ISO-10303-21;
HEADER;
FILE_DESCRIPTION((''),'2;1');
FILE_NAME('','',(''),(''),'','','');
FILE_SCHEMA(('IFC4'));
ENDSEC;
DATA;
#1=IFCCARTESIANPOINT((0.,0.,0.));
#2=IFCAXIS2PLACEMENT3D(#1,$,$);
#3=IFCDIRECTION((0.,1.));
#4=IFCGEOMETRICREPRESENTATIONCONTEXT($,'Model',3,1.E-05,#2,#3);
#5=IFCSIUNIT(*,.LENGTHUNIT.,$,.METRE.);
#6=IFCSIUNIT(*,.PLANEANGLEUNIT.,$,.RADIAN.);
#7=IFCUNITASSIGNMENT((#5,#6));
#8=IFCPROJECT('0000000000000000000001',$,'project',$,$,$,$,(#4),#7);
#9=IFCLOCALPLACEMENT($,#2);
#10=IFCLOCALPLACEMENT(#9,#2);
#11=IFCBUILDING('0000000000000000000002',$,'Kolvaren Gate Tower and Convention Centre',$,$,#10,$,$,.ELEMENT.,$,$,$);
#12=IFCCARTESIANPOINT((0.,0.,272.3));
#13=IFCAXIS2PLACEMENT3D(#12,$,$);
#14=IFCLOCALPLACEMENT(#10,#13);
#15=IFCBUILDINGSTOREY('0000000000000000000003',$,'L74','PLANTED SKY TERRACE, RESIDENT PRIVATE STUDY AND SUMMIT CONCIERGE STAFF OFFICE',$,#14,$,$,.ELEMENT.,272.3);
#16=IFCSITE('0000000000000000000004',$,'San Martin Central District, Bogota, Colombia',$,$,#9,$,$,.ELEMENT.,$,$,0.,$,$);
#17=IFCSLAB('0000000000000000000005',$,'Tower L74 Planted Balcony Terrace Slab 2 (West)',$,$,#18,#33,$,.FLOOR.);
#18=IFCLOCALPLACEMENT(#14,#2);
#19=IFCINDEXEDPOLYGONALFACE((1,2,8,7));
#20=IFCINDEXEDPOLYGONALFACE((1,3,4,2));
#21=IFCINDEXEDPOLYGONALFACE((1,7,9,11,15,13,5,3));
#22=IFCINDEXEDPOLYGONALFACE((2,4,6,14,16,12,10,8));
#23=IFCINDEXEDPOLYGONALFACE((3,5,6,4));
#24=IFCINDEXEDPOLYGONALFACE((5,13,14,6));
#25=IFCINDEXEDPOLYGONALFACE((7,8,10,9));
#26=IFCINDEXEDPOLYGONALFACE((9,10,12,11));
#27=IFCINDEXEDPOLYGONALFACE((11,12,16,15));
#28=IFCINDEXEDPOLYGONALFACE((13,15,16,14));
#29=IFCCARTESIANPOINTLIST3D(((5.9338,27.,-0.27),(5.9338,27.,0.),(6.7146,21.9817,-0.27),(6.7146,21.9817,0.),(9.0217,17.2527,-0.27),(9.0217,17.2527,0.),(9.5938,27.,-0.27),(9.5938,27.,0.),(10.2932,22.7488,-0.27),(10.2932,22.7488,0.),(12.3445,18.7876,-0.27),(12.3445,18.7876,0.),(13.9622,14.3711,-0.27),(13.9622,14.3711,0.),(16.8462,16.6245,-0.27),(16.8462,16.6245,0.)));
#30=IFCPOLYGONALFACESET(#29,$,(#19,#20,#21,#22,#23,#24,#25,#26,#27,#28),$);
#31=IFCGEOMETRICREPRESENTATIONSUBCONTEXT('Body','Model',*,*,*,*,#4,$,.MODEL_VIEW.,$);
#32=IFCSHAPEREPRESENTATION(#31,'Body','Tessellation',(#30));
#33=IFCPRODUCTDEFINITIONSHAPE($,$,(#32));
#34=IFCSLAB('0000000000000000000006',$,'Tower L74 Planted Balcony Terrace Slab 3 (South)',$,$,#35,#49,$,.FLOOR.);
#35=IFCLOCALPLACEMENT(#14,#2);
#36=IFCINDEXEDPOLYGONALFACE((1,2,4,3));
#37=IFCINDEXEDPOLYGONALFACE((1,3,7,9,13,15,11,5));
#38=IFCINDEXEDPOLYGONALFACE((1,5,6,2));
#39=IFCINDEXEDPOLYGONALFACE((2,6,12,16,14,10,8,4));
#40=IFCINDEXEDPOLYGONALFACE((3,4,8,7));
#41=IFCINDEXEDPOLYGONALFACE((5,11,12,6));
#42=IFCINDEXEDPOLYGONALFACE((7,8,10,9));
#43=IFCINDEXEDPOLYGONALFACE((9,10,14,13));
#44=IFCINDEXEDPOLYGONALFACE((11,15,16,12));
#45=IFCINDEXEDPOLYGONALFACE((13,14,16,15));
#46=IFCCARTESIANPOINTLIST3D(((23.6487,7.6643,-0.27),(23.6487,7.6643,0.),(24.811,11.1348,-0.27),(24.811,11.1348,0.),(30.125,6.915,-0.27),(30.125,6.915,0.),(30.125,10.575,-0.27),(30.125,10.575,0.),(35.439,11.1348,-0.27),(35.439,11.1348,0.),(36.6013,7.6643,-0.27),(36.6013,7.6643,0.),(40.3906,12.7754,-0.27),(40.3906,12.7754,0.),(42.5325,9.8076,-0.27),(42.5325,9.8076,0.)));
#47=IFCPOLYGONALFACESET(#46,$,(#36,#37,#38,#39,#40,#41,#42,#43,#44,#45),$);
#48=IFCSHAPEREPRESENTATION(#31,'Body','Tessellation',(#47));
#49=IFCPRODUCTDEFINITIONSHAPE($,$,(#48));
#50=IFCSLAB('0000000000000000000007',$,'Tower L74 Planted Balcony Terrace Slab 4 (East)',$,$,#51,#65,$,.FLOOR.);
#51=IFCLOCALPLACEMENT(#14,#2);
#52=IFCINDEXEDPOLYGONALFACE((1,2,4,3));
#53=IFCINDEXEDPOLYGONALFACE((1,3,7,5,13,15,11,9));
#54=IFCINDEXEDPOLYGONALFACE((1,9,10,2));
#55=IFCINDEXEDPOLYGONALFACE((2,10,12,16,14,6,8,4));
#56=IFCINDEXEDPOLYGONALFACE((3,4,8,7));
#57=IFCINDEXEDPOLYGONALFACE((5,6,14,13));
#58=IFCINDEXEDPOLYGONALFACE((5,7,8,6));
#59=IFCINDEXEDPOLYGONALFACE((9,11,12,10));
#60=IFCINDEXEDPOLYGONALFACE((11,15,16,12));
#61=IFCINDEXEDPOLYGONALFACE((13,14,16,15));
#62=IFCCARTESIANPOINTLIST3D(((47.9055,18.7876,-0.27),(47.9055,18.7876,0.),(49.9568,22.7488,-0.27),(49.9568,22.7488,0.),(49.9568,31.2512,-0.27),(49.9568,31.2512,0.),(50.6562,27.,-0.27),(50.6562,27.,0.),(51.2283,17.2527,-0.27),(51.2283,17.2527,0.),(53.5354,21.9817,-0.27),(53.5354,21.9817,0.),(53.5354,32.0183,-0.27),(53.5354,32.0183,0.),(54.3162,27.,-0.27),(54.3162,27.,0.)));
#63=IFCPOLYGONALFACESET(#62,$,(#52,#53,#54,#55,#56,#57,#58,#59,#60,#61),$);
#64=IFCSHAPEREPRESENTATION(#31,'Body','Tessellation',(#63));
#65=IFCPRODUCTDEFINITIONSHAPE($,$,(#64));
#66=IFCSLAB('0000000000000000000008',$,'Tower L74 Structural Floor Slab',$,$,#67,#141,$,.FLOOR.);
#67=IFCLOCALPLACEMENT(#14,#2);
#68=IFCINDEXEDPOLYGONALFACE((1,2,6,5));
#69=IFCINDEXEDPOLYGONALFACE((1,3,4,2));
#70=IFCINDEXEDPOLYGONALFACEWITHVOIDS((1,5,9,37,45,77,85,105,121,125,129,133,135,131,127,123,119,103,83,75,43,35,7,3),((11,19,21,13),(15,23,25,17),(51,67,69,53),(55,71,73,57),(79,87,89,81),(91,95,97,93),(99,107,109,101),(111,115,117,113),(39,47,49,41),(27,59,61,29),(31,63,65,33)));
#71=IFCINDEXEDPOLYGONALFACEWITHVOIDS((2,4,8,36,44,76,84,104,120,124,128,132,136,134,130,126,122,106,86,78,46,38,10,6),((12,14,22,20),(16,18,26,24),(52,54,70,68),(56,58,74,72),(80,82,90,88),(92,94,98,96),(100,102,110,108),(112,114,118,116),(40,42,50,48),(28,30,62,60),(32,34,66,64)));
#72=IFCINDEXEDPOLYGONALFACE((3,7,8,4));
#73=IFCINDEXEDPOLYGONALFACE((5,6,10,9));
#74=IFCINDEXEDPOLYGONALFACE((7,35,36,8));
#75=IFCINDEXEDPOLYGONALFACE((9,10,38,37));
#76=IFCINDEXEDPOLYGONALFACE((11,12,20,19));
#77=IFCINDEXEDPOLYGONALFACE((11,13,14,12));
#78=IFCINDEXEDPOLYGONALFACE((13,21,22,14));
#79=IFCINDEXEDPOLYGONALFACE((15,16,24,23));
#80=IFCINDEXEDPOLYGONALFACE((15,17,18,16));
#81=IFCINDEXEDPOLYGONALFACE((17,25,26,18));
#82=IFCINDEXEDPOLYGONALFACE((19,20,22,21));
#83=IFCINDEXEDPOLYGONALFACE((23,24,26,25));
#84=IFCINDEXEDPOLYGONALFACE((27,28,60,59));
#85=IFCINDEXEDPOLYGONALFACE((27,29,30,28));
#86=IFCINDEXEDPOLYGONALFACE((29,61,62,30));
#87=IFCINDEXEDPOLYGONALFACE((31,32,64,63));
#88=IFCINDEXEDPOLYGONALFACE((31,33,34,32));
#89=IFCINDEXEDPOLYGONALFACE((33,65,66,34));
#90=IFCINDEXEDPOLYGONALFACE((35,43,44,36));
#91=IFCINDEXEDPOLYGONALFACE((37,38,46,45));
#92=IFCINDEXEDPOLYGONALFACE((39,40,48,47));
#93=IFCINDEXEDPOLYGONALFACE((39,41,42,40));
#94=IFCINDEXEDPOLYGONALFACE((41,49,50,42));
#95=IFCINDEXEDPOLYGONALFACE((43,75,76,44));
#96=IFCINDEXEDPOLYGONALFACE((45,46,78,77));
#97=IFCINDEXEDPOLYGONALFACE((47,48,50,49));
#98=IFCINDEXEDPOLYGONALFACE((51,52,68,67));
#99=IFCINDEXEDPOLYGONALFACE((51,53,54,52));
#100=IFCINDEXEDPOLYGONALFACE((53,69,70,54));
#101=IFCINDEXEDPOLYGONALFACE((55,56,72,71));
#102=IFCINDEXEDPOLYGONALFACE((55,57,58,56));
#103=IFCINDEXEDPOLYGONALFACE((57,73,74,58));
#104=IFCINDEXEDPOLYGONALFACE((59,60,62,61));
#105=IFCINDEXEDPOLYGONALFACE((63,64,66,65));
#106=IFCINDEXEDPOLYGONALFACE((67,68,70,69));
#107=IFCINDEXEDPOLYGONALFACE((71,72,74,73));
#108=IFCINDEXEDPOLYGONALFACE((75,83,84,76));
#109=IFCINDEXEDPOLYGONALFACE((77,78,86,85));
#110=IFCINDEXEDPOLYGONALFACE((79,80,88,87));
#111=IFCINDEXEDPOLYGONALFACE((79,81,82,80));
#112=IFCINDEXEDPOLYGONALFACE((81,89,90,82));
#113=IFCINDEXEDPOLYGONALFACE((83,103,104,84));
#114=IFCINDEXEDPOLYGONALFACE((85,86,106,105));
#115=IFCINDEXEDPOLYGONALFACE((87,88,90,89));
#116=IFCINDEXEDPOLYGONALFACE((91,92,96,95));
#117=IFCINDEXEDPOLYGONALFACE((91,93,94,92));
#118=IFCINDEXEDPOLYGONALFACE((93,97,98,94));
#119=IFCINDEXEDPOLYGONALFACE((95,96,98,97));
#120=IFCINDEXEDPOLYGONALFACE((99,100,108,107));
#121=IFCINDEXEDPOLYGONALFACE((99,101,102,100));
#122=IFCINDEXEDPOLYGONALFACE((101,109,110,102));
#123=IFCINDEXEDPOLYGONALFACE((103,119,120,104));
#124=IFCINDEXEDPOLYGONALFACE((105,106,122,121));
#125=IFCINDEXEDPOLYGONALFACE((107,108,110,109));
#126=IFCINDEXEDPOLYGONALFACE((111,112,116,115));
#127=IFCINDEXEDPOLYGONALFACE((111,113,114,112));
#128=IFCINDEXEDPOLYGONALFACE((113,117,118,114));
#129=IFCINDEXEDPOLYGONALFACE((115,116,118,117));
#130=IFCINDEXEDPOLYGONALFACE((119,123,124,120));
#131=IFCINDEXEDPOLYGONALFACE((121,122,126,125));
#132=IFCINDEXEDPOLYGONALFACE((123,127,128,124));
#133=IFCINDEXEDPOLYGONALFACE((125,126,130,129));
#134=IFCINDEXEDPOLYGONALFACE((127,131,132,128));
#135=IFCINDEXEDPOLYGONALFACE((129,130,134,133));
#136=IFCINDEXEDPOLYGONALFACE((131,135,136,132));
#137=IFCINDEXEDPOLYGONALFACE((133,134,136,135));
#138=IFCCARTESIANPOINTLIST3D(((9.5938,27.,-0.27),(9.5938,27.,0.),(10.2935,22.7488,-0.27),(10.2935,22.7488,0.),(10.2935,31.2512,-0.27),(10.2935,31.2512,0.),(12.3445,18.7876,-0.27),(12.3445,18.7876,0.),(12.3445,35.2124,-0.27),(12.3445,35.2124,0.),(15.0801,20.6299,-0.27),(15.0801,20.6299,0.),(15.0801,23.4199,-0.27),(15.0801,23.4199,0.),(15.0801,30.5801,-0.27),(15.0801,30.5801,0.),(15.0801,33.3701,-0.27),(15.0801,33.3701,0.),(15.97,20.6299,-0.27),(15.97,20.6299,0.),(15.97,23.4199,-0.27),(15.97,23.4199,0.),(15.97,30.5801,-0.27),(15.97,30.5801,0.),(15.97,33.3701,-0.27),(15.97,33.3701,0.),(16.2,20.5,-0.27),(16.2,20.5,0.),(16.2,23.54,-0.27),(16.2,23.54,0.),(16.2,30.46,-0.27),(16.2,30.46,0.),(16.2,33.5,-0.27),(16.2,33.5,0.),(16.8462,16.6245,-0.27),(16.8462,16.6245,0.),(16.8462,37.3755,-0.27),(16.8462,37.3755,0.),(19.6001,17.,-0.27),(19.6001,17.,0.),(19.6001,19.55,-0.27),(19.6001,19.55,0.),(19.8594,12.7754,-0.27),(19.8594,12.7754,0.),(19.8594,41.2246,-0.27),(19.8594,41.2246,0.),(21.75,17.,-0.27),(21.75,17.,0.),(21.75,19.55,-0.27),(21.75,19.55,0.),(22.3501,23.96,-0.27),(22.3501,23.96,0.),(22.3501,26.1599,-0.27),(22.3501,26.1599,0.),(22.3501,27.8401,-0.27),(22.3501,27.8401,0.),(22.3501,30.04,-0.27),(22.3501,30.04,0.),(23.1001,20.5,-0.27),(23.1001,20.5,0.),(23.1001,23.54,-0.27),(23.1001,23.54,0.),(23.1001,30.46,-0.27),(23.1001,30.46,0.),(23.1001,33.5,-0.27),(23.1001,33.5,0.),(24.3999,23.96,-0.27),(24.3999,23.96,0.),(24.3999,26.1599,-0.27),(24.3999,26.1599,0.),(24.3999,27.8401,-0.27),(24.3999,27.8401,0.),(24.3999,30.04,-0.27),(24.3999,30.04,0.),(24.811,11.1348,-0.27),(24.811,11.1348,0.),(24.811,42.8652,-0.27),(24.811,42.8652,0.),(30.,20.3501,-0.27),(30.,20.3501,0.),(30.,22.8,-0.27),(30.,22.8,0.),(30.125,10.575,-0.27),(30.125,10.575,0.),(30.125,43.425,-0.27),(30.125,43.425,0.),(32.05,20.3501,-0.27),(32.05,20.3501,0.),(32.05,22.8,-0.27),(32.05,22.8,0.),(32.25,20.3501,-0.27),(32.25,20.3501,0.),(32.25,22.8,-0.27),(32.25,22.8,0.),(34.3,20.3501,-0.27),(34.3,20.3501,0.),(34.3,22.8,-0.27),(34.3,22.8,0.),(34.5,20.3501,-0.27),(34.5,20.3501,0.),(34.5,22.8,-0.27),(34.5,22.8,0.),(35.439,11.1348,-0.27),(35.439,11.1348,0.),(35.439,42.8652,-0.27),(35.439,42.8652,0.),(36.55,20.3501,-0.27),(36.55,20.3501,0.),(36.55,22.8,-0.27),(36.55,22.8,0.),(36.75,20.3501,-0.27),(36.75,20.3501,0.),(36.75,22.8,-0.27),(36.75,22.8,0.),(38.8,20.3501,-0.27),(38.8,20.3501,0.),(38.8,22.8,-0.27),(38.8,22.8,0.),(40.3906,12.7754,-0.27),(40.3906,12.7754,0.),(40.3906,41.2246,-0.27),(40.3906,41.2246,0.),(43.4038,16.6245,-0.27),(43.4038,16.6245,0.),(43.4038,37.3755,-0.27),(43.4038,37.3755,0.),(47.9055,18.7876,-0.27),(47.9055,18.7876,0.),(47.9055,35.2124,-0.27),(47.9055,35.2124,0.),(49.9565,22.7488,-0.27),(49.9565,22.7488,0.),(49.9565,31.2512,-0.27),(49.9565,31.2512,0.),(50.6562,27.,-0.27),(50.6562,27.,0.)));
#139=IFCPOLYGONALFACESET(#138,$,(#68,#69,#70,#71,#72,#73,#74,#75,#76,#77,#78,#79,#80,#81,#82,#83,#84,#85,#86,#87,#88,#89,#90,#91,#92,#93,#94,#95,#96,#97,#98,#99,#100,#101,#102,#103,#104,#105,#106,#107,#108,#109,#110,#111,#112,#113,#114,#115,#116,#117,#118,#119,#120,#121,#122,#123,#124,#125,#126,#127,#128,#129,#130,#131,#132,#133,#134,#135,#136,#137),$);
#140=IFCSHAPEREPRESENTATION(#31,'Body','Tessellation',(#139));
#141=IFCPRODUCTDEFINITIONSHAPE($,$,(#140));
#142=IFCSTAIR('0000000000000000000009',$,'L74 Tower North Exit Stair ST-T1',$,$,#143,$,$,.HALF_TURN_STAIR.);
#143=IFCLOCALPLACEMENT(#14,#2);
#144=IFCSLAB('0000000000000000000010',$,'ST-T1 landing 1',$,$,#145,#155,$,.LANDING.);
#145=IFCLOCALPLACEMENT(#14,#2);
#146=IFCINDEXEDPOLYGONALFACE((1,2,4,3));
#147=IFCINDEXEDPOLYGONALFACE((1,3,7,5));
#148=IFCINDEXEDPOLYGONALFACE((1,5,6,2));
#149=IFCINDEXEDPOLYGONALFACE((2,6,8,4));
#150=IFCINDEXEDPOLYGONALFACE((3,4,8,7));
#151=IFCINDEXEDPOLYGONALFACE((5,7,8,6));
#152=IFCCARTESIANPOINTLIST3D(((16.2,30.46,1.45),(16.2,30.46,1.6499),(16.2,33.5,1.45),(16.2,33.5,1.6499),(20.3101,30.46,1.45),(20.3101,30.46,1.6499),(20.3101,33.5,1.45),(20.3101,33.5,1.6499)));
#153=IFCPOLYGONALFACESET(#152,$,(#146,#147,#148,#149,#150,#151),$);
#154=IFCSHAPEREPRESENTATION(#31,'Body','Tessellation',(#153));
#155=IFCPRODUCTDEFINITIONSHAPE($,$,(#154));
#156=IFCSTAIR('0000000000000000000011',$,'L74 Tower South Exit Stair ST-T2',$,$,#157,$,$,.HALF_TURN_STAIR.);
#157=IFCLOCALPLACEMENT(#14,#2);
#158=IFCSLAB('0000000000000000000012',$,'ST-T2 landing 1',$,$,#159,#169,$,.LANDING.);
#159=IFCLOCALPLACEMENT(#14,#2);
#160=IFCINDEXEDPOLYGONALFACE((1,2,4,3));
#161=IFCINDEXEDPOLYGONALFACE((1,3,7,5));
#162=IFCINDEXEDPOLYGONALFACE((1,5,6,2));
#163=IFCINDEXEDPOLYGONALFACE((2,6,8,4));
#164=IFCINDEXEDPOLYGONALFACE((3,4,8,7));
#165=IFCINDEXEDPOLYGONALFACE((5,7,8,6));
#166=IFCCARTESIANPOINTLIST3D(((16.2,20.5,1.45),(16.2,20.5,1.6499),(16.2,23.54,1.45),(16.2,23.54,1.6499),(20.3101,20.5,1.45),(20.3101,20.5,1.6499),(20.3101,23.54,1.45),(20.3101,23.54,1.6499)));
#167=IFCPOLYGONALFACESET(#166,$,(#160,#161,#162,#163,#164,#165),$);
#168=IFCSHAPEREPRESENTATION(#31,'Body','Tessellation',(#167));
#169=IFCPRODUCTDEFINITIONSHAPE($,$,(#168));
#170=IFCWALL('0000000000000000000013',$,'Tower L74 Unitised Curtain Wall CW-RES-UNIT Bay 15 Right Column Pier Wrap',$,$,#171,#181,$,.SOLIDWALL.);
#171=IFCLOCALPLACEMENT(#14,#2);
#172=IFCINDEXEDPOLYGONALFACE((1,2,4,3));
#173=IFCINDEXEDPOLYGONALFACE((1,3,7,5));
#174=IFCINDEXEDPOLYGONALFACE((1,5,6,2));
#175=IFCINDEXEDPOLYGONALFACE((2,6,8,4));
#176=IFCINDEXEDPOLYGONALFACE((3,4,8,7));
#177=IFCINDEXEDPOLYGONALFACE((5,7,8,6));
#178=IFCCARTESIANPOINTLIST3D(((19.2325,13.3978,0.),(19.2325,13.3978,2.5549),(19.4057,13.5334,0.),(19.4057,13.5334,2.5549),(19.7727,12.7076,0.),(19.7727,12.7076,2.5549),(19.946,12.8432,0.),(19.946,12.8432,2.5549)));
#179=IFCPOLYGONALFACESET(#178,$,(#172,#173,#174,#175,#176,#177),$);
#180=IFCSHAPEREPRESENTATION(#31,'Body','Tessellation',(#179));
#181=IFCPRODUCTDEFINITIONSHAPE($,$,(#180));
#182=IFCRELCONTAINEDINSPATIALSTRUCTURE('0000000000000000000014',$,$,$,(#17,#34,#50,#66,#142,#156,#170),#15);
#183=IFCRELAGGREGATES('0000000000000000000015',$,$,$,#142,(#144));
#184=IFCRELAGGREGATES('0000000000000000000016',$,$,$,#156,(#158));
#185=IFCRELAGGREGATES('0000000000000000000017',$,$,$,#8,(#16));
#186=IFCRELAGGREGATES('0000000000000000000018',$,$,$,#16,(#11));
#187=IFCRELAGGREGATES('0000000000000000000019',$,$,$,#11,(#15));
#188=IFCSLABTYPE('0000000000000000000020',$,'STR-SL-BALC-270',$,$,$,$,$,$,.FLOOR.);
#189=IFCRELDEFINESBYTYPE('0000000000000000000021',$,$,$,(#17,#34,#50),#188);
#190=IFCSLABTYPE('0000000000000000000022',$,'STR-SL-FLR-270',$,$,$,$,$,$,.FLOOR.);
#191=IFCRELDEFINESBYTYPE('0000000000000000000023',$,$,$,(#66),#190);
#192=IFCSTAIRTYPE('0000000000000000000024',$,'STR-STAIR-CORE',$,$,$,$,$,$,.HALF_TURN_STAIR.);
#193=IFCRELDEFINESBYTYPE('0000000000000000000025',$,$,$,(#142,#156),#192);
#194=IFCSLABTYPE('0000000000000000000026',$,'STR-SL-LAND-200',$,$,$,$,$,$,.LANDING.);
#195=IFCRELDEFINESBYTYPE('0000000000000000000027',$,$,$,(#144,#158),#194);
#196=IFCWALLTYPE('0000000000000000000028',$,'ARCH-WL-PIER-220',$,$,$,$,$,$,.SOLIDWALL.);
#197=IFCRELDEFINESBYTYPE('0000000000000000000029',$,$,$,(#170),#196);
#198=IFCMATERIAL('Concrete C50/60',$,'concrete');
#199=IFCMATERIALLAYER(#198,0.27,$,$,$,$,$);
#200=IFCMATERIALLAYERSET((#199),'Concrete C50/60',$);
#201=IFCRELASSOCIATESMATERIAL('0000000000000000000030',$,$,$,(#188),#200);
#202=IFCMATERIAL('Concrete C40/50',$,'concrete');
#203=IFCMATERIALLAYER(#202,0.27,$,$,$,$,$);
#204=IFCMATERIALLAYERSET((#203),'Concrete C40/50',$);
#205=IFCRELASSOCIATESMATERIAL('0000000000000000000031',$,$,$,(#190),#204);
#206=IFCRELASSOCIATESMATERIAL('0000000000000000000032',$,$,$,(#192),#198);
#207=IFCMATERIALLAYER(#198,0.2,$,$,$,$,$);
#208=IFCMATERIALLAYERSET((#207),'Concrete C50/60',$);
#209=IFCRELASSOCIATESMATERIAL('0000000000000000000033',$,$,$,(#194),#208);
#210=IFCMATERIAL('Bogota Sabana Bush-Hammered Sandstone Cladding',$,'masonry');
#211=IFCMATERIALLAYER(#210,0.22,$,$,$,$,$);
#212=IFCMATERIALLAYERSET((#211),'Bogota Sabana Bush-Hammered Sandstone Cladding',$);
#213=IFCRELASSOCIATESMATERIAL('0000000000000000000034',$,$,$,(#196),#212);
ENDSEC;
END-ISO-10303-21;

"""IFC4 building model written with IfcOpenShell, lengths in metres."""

from ifc_helpers import new_model, si_unit, direction, frame, frame_2d, origin, place, context, subcontext, project, spatial, polyline, rectangle, outline, extrude, material, layer, layer_set, type_object, element, aggregate, save


model = new_model("IFC4")

# Units and contexts
model_context = context("Model", 3, precision=1e-05, world=origin(), true_north=direction((0.0, 1.0)))
body_context = subcontext(model_context, "Body", "Model", "MODEL_VIEW")
ifc_project = project(units=[si_unit("LENGTHUNIT", "METRE"), si_unit("PLANEANGLEUNIT", "RADIAN")], contexts=[model_context])

# Site, building, storey
site_placement = place(None, origin())
site = spatial("IfcSite", under=ifc_project, at=site_placement, Name="San Martin Central District, Bogota, Colombia", CompositionType="ELEMENT", RefElevation=0.0)
building_placement = place(site_placement, origin())
building = spatial("IfcBuilding", under=site, at=building_placement, Name="Kolvaren Gate Tower and Convention Centre", CompositionType="ELEMENT")
storey_placement = place(building_placement, frame((0.0, 0.0, 272.3)))
storey = spatial("IfcBuildingStorey", under=building, at=storey_placement, Name="L74", Description="PLANTED SKY TERRACE, RESIDENT PRIVATE STUDY AND SUMMIT CONCIERGE STAFF OFFICE", CompositionType="ELEMENT", Elevation=272.3)

# Slabs
ifc_material_1 = material(Name="Concrete C50/60", Category="concrete")
ifc_layer_1 = layer(ifc_material_1, 0.27)
ifc_layer_set_1 = layer_set([ifc_layer_1], Name="Concrete C50/60")
slab_type_1 = type_object("IfcSlabType", Name="STR-SL-BALC-270", PredefinedType="FLOOR", material=ifc_layer_set_1)
slab_1_placement = place(storey_placement, frame((0.0, 0.0, -0.27)))
element("IfcSlab", 1, at=slab_1_placement, inside=storey, type_object=slab_type_1, Name="Tower L74 Planted Balcony Terrace Slab 2 (West)", PredefinedType="FLOOR", context=body_context, shape_type="SweptSolid", body=[
    extrude(outline(polyline([(9.5938, 27.0), (10.2932, 22.7488), (12.3445, 18.7876), (16.8462, 16.6245), (13.9622, 14.3711), (9.0217, 17.2527), (6.7146, 21.9817), (5.9338, 27.0), (9.5938, 27.0)])), origin(), (0.0, 0.0, 1.0), 0.27),
])
slab_2_placement = place(storey_placement, frame((0.0, 0.0, -0.27)))
element("IfcSlab", 2, at=slab_2_placement, inside=storey, type_object=slab_type_1, Name="Tower L74 Planted Balcony Terrace Slab 3 (South)", PredefinedType="FLOOR", context=body_context, shape_type="SweptSolid", body=[
    extrude(outline(polyline([(24.811, 11.1348), (30.125, 10.575), (35.439, 11.1348), (40.3906, 12.7754), (42.5325, 9.8076), (36.6013, 7.6643), (30.125, 6.915), (23.6487, 7.6643), (24.811, 11.1348)])), origin(), (0.0, 0.0, 1.0), 0.27),
])
slab_3_placement = place(storey_placement, frame((0.0, 0.0, -0.27)))
element("IfcSlab", 3, at=slab_3_placement, inside=storey, type_object=slab_type_1, Name="Tower L74 Planted Balcony Terrace Slab 4 (East)", PredefinedType="FLOOR", context=body_context, shape_type="SweptSolid", body=[
    extrude(outline(polyline([(47.9055, 18.7876), (49.9568, 22.7488), (50.6562, 27.0), (49.9568, 31.2512), (53.5354, 32.0183), (54.3162, 27.0), (53.5354, 21.9817), (51.2283, 17.2527), (47.9055, 18.7876)])), origin(), (0.0, 0.0, 1.0), 0.27),
])
ifc_material_2 = material(Name="Concrete C40/50", Category="concrete")
ifc_layer_2 = layer(ifc_material_2, 0.27)
ifc_layer_set_2 = layer_set([ifc_layer_2], Name="Concrete C40/50")
slab_type_2 = type_object("IfcSlabType", Name="STR-SL-FLR-270", PredefinedType="FLOOR", material=ifc_layer_set_2)
slab_4_placement = place(storey_placement, frame((0.0, 0.0, -0.27)))
element("IfcSlab", 4, at=slab_4_placement, inside=storey, type_object=slab_type_2, Name="Tower L74 Structural Floor Slab", PredefinedType="FLOOR", context=body_context, shape_type="SweptSolid", body=[
    extrude(outline(polyline([(50.6562, 27.0), (49.9565, 31.2512), (47.9055, 35.2124), (43.4038, 37.3755), (40.3906, 41.2246), (35.439, 42.8652), (30.125, 43.425), (24.811, 42.8652), (19.8594, 41.2246), (16.8462, 37.3755), (12.3445, 35.2124), (10.2935, 31.2512), (9.5938, 27.0), (10.2935, 22.7488), (12.3445, 18.7876), (16.8462, 16.6245), (19.8594, 12.7754), (24.811, 11.1348), (30.125, 10.575), (35.439, 11.1348), (40.3906, 12.7754), (43.4038, 16.6245), (47.9055, 18.7876), (49.9565, 22.7488), (50.6562, 27.0)]), holes=[polyline([(36.75, 20.3501), (36.75, 22.8), (38.8, 22.8), (38.8, 20.3501), (36.75, 20.3501)]), polyline([(36.55, 20.3501), (34.5, 20.3501), (34.5, 22.8), (36.55, 22.8), (36.55, 20.3501)]), polyline([(32.25, 20.3501), (32.25, 22.8), (34.3, 22.8), (34.3, 20.3501), (32.25, 20.3501)]), polyline([(30.0, 20.3501), (30.0, 22.8), (32.05, 22.8), (32.05, 20.3501), (30.0, 20.3501)]), polyline([(22.3501, 23.96), (22.3501, 26.1599), (24.3999, 26.1599), (24.3999, 23.96), (22.3501, 23.96)]), polyline([(22.3501, 27.8401), (22.3501, 30.04), (24.3999, 30.04), (24.3999, 27.8401), (22.3501, 27.8401)]), polyline([(16.2, 23.54), (23.1001, 23.54), (23.1001, 20.5), (16.2, 20.5), (16.2, 23.54)]), polyline([(16.2, 33.5), (23.1001, 33.5), (23.1001, 30.46), (16.2, 30.46), (16.2, 33.5)]), polyline([(21.75, 17.0), (19.6001, 17.0), (19.6001, 19.55), (21.75, 19.55), (21.75, 17.0)]), polyline([(15.0801, 30.5801), (15.0801, 33.3701), (15.97, 33.3701), (15.97, 30.5801), (15.0801, 30.5801)]), polyline([(15.97, 20.6299), (15.0801, 20.6299), (15.0801, 23.4199), (15.97, 23.4199), (15.97, 20.6299)])]), origin(), (0.0, 0.0, 1.0), 0.27),
])

# Stairs, slabs
stair_type = type_object("IfcStairType", Name="STR-STAIR-CORE", PredefinedType="HALF_TURN_STAIR", material=ifc_material_1)
stair_1_placement = place(storey_placement, origin())
stair_1 = element("IfcStair", 5, at=stair_1_placement, inside=storey, type_object=stair_type, Name="L74 Tower North Exit Stair ST-T1", PredefinedType="HALF_TURN_STAIR")
ifc_layer_3 = layer(ifc_material_1, 0.2)
ifc_layer_set_3 = layer_set([ifc_layer_3], Name="Concrete C50/60")
slab_type_3 = type_object("IfcSlabType", Name="STR-SL-LAND-200", PredefinedType="LANDING", material=ifc_layer_set_3)
slab_5_placement = place(storey_placement, frame((0.0, 0.0, 1.45)))
slab_5 = element("IfcSlab", 6, at=slab_5_placement, type_object=slab_type_3, Name="ST-T1 landing 1", PredefinedType="LANDING", context=body_context, shape_type="SweptSolid", body=[
    extrude(outline(polyline([(20.3101, 33.5), (16.2, 33.5), (16.2, 30.46), (20.3101, 30.46), (20.3101, 33.5)])), origin(), (0.0, 0.0, 1.0), 0.2),
])
aggregate(stair_1, [slab_5])
stair_2_placement = place(storey_placement, origin())
stair_2 = element("IfcStair", 7, at=stair_2_placement, inside=storey, type_object=stair_type, Name="L74 Tower South Exit Stair ST-T2", PredefinedType="HALF_TURN_STAIR")
slab_6_placement = place(storey_placement, frame((0.0, 0.0, 1.45)))
slab_6 = element("IfcSlab", 8, at=slab_6_placement, type_object=slab_type_3, Name="ST-T2 landing 1", PredefinedType="LANDING", context=body_context, shape_type="SweptSolid", body=[
    extrude(outline(polyline([(20.3101, 23.54), (16.2, 23.54), (16.2, 20.5), (20.3101, 20.5), (20.3101, 23.54)])), origin(), (0.0, 0.0, 1.0), 0.2),
])
aggregate(stair_2, [slab_6])

# Wall
ifc_material_3 = material(Name="Bogota Sabana Bush-Hammered Sandstone Cladding", Category="masonry")
ifc_layer_4 = layer(ifc_material_3, 0.22)
ifc_layer_set_4 = layer_set([ifc_layer_4], Name="Bogota Sabana Bush-Hammered Sandstone Cladding")
wall_type_1 = type_object("IfcWallType", Name="ARCH-WL-PIER-220", PredefinedType="SOLIDWALL", material=ifc_layer_set_4)
wall_1_placement = place(storey_placement, frame((19.3191, 13.4656, 0.0), z_axis=(0.0, 0.0, 1.0), x_axis=(0.616406, -0.787429, 0.0)))
element("IfcWall", 9, at=wall_1_placement, inside=storey, type_object=wall_type_1, Name="Tower L74 Unitised Curtain Wall CW-RES-UNIT Bay 15 Right Column Pier Wrap", PredefinedType="SOLIDWALL", context=body_context, shape_type="SweptSolid", body=[
    extrude(rectangle(XDim=0.8765, YDim=0.22, at=frame_2d((0.4382, 0.0))), origin(), (0.0, 0.0, 1.0), 2.5549),
])

save(model, "model.ifc")
